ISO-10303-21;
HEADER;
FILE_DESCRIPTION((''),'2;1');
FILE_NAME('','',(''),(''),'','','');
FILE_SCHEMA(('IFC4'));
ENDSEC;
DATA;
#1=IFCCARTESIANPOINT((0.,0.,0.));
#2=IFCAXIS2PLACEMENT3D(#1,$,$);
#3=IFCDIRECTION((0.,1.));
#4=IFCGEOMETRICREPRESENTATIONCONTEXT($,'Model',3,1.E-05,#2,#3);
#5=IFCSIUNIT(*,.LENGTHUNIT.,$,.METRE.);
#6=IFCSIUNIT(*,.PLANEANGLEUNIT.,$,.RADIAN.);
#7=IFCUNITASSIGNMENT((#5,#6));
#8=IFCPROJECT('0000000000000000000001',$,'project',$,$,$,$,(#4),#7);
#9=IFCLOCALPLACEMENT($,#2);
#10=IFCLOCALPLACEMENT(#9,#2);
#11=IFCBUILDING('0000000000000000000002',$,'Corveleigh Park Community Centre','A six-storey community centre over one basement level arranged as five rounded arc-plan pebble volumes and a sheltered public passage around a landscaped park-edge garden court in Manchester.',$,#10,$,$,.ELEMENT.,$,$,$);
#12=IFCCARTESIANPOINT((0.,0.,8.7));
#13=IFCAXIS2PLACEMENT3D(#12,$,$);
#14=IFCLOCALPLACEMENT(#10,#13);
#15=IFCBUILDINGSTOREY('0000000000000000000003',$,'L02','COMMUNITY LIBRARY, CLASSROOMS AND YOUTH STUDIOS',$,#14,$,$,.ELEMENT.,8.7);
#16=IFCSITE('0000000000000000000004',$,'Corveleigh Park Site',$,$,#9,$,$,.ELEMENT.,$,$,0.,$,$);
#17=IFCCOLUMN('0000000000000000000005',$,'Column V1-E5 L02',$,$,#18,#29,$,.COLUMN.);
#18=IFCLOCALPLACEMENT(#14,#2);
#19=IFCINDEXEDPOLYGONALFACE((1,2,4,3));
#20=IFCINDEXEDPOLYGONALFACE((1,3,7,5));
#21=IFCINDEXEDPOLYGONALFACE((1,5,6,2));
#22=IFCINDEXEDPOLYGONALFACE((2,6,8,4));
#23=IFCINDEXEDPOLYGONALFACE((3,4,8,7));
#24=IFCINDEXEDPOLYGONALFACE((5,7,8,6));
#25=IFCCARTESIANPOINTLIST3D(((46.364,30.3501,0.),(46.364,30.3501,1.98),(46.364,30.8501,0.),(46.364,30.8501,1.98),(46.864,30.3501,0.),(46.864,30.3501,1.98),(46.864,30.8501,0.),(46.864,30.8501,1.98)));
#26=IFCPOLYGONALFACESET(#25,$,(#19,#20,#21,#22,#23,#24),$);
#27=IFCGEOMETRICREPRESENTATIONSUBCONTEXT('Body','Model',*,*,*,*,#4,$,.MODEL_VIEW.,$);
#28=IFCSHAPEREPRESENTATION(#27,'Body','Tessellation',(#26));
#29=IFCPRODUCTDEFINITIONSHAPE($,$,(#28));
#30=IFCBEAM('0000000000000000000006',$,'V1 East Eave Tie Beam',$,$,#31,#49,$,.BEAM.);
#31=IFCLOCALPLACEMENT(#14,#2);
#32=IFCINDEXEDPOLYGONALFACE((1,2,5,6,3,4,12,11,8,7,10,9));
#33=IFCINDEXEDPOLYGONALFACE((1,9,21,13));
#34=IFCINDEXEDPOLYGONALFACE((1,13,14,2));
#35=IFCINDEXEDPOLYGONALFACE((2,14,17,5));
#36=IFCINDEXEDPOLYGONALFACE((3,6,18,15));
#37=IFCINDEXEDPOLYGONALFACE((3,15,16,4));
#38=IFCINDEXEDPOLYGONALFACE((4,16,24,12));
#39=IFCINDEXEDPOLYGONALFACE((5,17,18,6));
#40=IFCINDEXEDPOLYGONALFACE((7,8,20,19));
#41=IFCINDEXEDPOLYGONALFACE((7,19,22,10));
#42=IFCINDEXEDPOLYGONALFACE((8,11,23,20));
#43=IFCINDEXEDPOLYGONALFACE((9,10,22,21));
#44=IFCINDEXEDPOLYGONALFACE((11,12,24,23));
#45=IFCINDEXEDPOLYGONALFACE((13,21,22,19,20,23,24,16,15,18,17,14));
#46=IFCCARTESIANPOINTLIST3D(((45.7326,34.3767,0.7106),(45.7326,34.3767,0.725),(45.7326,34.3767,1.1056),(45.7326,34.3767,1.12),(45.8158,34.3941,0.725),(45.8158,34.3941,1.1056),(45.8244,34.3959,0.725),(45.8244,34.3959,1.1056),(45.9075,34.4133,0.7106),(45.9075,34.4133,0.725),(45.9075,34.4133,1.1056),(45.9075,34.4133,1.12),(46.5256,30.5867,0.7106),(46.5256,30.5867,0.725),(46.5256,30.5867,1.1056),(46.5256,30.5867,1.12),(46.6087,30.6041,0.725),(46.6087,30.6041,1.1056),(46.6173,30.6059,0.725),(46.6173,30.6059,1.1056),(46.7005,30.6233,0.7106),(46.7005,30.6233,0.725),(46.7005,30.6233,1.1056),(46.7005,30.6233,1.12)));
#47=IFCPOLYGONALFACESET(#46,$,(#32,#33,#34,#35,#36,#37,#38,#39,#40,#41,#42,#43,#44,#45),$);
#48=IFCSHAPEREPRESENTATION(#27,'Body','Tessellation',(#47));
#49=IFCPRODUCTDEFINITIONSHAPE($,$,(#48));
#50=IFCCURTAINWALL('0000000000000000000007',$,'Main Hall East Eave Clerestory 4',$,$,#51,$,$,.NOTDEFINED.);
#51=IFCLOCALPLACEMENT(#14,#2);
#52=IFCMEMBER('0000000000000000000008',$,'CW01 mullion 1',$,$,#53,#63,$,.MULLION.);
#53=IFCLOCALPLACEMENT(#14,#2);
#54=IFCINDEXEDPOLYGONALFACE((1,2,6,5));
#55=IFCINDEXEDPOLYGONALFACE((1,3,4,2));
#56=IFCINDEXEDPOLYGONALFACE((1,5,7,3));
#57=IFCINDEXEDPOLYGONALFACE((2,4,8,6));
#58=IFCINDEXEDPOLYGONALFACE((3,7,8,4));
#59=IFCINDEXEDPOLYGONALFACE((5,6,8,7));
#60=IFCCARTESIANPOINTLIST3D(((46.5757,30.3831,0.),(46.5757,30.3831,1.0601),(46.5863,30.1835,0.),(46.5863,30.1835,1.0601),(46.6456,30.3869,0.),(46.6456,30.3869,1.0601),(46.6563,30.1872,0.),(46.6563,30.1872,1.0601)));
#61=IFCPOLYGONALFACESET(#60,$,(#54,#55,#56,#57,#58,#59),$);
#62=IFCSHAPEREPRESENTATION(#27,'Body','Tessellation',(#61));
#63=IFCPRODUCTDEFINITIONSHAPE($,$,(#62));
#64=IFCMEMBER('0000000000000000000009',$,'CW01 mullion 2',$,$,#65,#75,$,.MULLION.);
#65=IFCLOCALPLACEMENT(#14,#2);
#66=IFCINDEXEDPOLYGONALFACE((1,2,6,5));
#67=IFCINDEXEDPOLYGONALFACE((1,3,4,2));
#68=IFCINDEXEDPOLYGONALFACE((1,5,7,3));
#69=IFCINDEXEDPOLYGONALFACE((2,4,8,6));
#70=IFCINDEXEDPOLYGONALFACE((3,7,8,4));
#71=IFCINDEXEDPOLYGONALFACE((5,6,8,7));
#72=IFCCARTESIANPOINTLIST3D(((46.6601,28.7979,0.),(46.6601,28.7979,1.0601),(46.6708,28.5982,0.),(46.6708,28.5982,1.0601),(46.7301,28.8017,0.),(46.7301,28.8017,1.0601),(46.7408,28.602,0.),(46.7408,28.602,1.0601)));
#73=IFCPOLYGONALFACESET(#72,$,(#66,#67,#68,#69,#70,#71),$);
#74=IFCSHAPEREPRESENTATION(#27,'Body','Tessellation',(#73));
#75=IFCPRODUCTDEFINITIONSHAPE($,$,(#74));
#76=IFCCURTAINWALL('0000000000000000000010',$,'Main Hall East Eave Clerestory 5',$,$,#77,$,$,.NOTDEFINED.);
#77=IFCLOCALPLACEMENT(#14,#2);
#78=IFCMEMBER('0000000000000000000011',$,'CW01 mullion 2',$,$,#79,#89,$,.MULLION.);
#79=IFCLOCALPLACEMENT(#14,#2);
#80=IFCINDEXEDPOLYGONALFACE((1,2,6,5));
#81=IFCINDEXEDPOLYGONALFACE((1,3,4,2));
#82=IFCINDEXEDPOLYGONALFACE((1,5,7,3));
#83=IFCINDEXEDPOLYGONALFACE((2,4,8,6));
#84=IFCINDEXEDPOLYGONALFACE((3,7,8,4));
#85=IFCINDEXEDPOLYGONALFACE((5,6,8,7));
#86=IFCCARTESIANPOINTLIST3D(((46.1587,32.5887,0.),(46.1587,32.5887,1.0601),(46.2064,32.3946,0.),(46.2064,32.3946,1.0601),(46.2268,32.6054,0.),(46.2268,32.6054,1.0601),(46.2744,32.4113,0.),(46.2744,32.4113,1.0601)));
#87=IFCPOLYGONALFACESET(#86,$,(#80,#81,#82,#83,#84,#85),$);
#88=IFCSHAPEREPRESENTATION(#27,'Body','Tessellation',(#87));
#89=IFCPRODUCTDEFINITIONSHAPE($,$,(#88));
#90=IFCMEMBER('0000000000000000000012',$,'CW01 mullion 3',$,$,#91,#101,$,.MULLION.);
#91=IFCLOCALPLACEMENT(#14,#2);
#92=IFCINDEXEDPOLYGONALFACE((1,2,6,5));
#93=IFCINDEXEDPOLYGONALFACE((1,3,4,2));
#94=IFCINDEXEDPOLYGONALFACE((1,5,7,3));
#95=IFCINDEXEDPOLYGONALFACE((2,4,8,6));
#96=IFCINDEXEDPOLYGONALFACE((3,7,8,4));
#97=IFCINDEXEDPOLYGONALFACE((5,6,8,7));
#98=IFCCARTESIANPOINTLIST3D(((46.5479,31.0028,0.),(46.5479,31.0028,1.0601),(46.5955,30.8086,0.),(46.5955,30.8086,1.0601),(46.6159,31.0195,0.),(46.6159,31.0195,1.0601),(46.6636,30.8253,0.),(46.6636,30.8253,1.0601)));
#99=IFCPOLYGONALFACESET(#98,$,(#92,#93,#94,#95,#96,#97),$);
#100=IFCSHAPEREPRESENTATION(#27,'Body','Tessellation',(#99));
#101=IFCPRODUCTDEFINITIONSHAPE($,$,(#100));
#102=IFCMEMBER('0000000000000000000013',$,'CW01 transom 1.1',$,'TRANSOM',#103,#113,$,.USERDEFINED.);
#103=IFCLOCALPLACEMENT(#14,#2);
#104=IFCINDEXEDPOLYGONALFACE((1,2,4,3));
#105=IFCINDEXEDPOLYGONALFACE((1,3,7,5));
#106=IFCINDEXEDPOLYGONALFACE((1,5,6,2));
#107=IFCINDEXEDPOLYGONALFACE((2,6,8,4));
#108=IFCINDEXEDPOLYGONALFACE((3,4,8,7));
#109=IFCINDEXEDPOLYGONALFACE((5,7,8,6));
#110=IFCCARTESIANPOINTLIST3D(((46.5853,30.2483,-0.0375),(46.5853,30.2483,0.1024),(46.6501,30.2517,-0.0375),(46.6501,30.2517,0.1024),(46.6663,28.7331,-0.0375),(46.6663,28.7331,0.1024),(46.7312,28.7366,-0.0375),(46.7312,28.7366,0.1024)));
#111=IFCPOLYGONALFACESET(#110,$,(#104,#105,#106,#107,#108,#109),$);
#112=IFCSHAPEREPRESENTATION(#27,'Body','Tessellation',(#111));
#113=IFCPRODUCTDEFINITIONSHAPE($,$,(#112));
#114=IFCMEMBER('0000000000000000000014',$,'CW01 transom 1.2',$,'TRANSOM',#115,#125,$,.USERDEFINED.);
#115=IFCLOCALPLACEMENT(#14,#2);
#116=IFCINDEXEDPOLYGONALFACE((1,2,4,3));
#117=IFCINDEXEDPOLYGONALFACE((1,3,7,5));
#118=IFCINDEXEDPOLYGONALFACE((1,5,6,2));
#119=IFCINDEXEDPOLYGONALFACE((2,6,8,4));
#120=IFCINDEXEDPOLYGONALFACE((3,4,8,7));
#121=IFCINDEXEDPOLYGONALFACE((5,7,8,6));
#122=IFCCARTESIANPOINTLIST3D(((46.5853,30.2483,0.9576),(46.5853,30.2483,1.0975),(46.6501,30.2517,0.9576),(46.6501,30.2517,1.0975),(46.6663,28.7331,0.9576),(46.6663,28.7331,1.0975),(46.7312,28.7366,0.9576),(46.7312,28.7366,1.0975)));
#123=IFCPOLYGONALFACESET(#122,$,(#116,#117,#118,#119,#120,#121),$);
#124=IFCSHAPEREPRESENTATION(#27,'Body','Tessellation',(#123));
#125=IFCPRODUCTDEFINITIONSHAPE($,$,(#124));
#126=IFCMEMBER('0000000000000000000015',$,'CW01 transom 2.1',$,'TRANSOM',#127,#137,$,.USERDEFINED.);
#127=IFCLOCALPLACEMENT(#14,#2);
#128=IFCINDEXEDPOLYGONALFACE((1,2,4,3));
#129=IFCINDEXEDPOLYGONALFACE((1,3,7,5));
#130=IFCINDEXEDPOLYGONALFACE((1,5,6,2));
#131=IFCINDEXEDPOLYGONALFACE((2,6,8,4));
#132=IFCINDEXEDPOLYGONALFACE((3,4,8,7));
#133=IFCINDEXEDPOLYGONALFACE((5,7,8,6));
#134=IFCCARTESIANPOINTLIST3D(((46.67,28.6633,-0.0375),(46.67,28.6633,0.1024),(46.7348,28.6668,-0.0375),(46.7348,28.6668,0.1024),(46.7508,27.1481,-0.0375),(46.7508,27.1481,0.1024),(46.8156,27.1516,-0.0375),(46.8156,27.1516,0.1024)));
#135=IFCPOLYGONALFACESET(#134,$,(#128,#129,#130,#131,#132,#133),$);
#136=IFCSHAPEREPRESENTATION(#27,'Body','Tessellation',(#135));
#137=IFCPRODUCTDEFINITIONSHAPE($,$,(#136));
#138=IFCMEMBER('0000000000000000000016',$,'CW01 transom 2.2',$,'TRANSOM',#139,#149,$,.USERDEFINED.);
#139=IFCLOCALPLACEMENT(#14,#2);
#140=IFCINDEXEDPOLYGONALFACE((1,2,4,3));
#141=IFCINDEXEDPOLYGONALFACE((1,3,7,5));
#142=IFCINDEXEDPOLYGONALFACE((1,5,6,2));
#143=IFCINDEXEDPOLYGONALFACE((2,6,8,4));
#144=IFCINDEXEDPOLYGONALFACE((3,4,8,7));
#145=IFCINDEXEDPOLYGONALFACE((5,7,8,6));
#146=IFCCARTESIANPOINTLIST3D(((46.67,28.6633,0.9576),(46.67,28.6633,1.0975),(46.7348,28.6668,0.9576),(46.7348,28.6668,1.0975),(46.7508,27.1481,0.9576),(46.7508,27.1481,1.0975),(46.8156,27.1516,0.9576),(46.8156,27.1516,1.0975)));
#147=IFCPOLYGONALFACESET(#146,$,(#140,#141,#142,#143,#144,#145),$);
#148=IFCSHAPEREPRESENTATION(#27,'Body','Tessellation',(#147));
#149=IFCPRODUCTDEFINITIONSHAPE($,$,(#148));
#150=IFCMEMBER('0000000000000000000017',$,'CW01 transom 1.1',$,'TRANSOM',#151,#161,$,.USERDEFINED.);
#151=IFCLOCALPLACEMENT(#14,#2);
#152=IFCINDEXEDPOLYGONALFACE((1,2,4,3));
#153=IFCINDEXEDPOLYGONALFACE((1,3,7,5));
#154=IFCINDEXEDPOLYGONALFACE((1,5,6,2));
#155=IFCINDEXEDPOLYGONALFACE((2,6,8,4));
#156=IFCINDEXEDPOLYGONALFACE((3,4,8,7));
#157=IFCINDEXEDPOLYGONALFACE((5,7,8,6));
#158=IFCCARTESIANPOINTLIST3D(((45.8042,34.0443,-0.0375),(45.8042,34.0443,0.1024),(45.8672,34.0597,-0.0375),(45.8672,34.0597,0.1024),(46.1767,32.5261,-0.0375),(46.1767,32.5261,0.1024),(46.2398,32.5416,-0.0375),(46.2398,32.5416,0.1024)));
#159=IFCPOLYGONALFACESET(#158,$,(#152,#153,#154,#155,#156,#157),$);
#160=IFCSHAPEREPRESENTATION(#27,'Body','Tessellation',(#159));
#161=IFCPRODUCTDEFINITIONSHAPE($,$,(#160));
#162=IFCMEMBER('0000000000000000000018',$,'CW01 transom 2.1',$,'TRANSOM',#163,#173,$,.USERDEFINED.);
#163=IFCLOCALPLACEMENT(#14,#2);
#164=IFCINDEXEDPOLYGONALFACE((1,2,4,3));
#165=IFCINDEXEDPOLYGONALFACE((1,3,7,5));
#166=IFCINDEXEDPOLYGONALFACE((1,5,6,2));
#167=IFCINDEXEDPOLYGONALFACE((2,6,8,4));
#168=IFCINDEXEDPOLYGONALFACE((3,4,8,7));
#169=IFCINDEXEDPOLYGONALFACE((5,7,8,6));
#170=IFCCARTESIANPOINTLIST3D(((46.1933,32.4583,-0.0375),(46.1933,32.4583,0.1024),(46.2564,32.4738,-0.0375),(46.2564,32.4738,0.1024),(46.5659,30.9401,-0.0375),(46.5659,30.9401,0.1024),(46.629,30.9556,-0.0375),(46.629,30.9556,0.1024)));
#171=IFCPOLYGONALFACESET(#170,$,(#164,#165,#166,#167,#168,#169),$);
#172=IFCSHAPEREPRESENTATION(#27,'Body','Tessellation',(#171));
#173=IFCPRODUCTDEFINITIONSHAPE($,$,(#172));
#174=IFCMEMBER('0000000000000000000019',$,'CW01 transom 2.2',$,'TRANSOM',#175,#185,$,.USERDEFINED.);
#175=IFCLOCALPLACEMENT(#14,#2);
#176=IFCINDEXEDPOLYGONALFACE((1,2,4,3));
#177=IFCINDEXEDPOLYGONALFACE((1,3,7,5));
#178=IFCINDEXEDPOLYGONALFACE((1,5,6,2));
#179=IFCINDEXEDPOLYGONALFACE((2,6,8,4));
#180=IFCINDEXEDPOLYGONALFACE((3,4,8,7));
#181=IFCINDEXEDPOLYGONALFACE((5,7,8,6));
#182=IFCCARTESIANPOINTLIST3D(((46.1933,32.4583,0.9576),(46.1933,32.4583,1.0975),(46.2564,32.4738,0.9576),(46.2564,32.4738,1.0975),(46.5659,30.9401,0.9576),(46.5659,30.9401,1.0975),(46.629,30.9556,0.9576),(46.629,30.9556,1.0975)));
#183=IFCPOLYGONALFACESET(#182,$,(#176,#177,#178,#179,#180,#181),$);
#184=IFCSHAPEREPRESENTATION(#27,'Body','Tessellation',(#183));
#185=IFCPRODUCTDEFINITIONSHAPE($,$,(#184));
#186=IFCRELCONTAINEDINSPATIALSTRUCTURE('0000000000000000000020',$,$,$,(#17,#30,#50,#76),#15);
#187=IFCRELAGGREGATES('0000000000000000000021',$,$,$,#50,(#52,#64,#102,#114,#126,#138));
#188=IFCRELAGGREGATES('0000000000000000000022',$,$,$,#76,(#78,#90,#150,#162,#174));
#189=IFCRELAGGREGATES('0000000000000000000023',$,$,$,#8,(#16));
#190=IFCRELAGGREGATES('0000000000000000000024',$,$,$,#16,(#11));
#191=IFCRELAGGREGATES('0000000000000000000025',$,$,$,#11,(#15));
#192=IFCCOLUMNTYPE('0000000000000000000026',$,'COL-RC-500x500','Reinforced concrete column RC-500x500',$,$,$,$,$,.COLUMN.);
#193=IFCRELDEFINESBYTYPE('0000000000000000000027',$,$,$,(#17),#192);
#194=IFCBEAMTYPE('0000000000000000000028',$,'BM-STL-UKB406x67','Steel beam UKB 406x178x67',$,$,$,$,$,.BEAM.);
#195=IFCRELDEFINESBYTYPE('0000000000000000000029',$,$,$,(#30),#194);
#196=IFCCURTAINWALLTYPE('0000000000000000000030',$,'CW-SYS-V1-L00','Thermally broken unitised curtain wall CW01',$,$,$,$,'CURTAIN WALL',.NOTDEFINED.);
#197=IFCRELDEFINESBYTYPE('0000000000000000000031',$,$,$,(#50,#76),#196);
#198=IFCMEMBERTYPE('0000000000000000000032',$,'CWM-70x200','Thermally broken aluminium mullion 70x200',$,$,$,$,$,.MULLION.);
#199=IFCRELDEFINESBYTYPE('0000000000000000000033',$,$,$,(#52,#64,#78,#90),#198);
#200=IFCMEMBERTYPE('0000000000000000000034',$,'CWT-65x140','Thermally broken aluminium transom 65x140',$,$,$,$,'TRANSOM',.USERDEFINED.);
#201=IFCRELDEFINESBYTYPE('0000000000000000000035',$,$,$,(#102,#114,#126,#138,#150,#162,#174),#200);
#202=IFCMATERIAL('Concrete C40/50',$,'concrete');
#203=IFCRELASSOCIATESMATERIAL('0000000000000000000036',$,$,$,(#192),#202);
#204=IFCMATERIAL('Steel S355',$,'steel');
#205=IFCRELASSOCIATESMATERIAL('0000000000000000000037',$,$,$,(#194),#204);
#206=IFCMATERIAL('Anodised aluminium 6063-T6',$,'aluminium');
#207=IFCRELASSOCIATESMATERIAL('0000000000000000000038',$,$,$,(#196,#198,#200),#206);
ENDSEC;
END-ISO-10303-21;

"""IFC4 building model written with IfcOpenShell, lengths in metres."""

from ifc_helpers import new_model, si_unit, direction, frame, origin, origin_2d, place, context, subcontext, project, spatial, rectangle, i_section, extrude, material, material_profile, profile_set, type_object, element, aggregate, save


model = new_model("IFC4")

# Units and contexts
model_context = context("Model", 3, precision=1e-05, world=origin(), true_north=direction((0.0, 1.0)))
body_context = subcontext(model_context, "Body", "Model", "MODEL_VIEW")
ifc_project = project(units=[si_unit("LENGTHUNIT", "METRE"), si_unit("PLANEANGLEUNIT", "RADIAN")], contexts=[model_context])

# Site, building, storey
site_placement = place(None, origin())
site = spatial("IfcSite", under=ifc_project, at=site_placement, Name="Corveleigh Park Site", CompositionType="ELEMENT", RefElevation=0.0)
building_placement = place(site_placement, origin())
building = spatial("IfcBuilding", under=site, at=building_placement, Name="Corveleigh Park Community Centre", Description="A six-storey community centre over one basement level arranged as five rounded arc-plan pebble volumes and a sheltered public passage around a landscaped park-edge garden court in Manchester.", CompositionType="ELEMENT")
storey_placement = place(building_placement, frame((0.0, 0.0, 8.7)))
storey = spatial("IfcBuildingStorey", under=building, at=storey_placement, Name="L02", Description="COMMUNITY LIBRARY, CLASSROOMS AND YOUTH STUDIOS", CompositionType="ELEMENT", Elevation=8.7)

# Column
ifc_material_1 = material(Name="Concrete C40/50", Category="concrete")
ifc_material_profile_1 = material_profile(ifc_material_1, rectangle(XDim=0.5, YDim=0.5, at=origin_2d()), Name="RC-500x500", Category="concrete")
ifc_profile_set_1 = profile_set([ifc_material_profile_1], Name="Concrete C40/50")
column_type = type_object("IfcColumnType", Name="COL-RC-500x500", Description="Reinforced concrete column RC-500x500", PredefinedType="COLUMN", material=ifc_profile_set_1)
column_placement = place(storey_placement, frame((46.614, 30.6001, 0.0), z_axis=(0.0, 0.0, 1.0), x_axis=(1.0, 0.0, 0.0)))
element("IfcColumn", 1, at=column_placement, inside=storey, type_object=column_type, Name="Column V1-E5 L02", PredefinedType="COLUMN", context=body_context, shape_type="SweptSolid", body=[
    extrude(rectangle(XDim=0.5, YDim=0.5, at=origin_2d()), origin(), (0.0, 0.0, 1.0), 1.98),
])

# Beam
ifc_material_2 = material(Name="Steel S355", Category="steel")
ifc_material_profile_2 = material_profile(ifc_material_2, i_section(OverallWidth=0.1787, OverallDepth=0.4094, WebThickness=0.0088, FlangeThickness=0.0144, at=origin_2d()), Name="UKB 406x178x67", Category="steel")
ifc_profile_set_2 = profile_set([ifc_material_profile_2], Name="Steel S355")
beam_type = type_object("IfcBeamType", Name="BM-STL-UKB406x67", Description="Steel beam UKB 406x178x67", PredefinedType="BEAM", material=ifc_profile_set_2)
beam_placement = place(storey_placement, frame((46.613, 30.605, 0.9153), z_axis=(-0.20479, 0.978806, 0.0), x_axis=(-0.978806, -0.20479, 0.0)))
element("IfcBeam", 2, at=beam_placement, inside=storey, type_object=beam_type, Name="V1 East Eave Tie Beam", PredefinedType="BEAM", context=body_context, shape_type="SweptSolid", body=[
    extrude(i_section(OverallWidth=0.1787, OverallDepth=0.4094, WebThickness=0.0088, FlangeThickness=0.0144, at=origin_2d()), origin(), (0.0, 0.0, 1.0), 3.8721),
])

# Curtain walls, members
ifc_material_3 = material(Name="Anodised aluminium 6063-T6", Category="aluminium")
curtain_wall_type = type_object("IfcCurtainWallType", Name="CW-SYS-V1-L00", Description="Thermally broken unitised curtain wall CW01", ElementType="CURTAIN WALL", PredefinedType="NOTDEFINED", material=ifc_material_3)
curtain_wall_1_placement = place(storey_placement, origin())
curtain_wall_1 = element("IfcCurtainWall", 3, at=curtain_wall_1_placement, inside=storey, type_object=curtain_wall_type, Name="Main Hall East Eave Clerestory 4", PredefinedType="NOTDEFINED")
ifc_material_profile_3 = material_profile(ifc_material_3, rectangle(XDim=0.0701, YDim=0.2, at=origin_2d()), Name="ALU-M70x200", Category="aluminium")
ifc_profile_set_3 = profile_set([ifc_material_profile_3], Name="Anodised aluminium 6063-T6")
member_type_1 = type_object("IfcMemberType", Name="CWM-70x200", Description="Thermally broken aluminium mullion 70x200", PredefinedType="MULLION", material=ifc_profile_set_3)
member_1_placement = place(storey_placement, frame((46.616, 30.2852, 0.0), z_axis=(0.0, 0.0, 1.0), x_axis=(0.998578, 0.053319, 0.0)))
member_1 = element("IfcMember", 4, at=member_1_placement, type_object=member_type_1, Name="CW01 mullion 1", PredefinedType="MULLION", context=body_context, shape_type="SweptSolid", body=[
    extrude(rectangle(XDim=0.0701, YDim=0.2, at=origin_2d()), origin(), (0.0, 0.0, 1.0), 1.0601),
])
member_2_placement = place(storey_placement, frame((46.7004, 28.7, 0.0), z_axis=(0.0, 0.0, 1.0), x_axis=(0.998578, 0.053319, 0.0)))
member_2 = element("IfcMember", 5, at=member_2_placement, type_object=member_type_1, Name="CW01 mullion 2", PredefinedType="MULLION", context=body_context, shape_type="SweptSolid", body=[
    extrude(rectangle(XDim=0.0701, YDim=0.2, at=origin_2d()), origin(), (0.0, 0.0, 1.0), 1.0601),
])
curtain_wall_2_placement = place(storey_placement, origin())
curtain_wall_2 = element("IfcCurtainWall", 6, at=curtain_wall_2_placement, inside=storey, type_object=curtain_wall_type, Name="Main Hall East Eave Clerestory 5", PredefinedType="NOTDEFINED")
member_3_placement = place(storey_placement, frame((46.2166, 32.5, 0.0), z_axis=(0.0, 0.0, 1.0), x_axis=(0.971191, 0.238302, 0.0)))
member_3 = element("IfcMember", 7, at=member_3_placement, type_object=member_type_1, Name="CW01 mullion 2", PredefinedType="MULLION", context=body_context, shape_type="SweptSolid", body=[
    extrude(rectangle(XDim=0.0701, YDim=0.2, at=origin_2d()), origin(), (0.0, 0.0, 1.0), 1.0601),
])
member_4_placement = place(storey_placement, frame((46.6057, 30.9141, 0.0), z_axis=(0.0, 0.0, 1.0), x_axis=(0.971191, 0.238302, 0.0)))
member_4 = element("IfcMember", 8, at=member_4_placement, type_object=member_type_1, Name="CW01 mullion 3", PredefinedType="MULLION", context=body_context, shape_type="SweptSolid", body=[
    extrude(rectangle(XDim=0.0701, YDim=0.2, at=origin_2d()), origin(), (0.0, 0.0, 1.0), 1.0601),
])

# Members
ifc_material_profile_4 = material_profile(ifc_material_3, rectangle(XDim=0.0649, YDim=0.1399, at=origin_2d()), Name="ALU-T65x140", Category="aluminium")
ifc_profile_set_4 = profile_set([ifc_material_profile_4], Name="Anodised aluminium 6063-T6")
member_type_2 = type_object("IfcMemberType", Name="CWT-65x140", Description="Thermally broken aluminium transom 65x140", ElementType="TRANSOM", PredefinedType="USERDEFINED", material=ifc_profile_set_4)
member_5_placement = place(storey_placement, frame((46.6177, 30.25, 0.0325), z_axis=(0.05342, -0.998572, 0.0), x_axis=(0.998572, 0.05342, 0.0)))
member_5 = element("IfcMember", 9, at=member_5_placement, type_object=member_type_2, Name="CW01 transom 1.1", ObjectType="TRANSOM", PredefinedType="USERDEFINED", context=body_context, shape_type="SweptSolid", body=[
    extrude(rectangle(XDim=0.0649, YDim=0.1399, at=origin_2d()), origin(), (0.0, 0.0, 1.0), 1.5173),
])
member_6_placement = place(storey_placement, frame((46.6177, 30.25, 1.0276), z_axis=(0.05342, -0.998572, 0.0), x_axis=(0.998572, 0.05342, 0.0)))
member_6 = element("IfcMember", 10, at=member_6_placement, type_object=member_type_2, Name="CW01 transom 1.2", ObjectType="TRANSOM", PredefinedType="USERDEFINED", context=body_context, shape_type="SweptSolid", body=[
    extrude(rectangle(XDim=0.0649, YDim=0.1399, at=origin_2d()), origin(), (0.0, 0.0, 1.0), 1.5173),
])
member_7_placement = place(storey_placement, frame((46.7024, 28.665, 0.0325), z_axis=(0.05326, -0.998581, 0.0), x_axis=(0.998581, 0.05326, 0.0)))
member_7 = element("IfcMember", 11, at=member_7_placement, type_object=member_type_2, Name="CW01 transom 2.1", ObjectType="TRANSOM", PredefinedType="USERDEFINED", context=body_context, shape_type="SweptSolid", body=[
    extrude(rectangle(XDim=0.0649, YDim=0.1399, at=origin_2d()), origin(), (0.0, 0.0, 1.0), 1.5173),
])
member_8_placement = place(storey_placement, frame((46.7024, 28.665, 1.0276), z_axis=(0.05326, -0.998581, 0.0), x_axis=(0.998581, 0.05326, 0.0)))
member_8 = element("IfcMember", 12, at=member_8_placement, type_object=member_type_2, Name="CW01 transom 2.2", ObjectType="TRANSOM", PredefinedType="USERDEFINED", context=body_context, shape_type="SweptSolid", body=[
    extrude(rectangle(XDim=0.0649, YDim=0.1399, at=origin_2d()), origin(), (0.0, 0.0, 1.0), 1.5173),
])
member_9_placement = place(storey_placement, frame((45.8357, 34.052, 0.0325), z_axis=(0.238344, -0.971181, 0.0), x_axis=(0.971181, 0.238344, 0.0)))
member_9 = element("IfcMember", 13, at=member_9_placement, type_object=member_type_2, Name="CW01 transom 1.1", ObjectType="TRANSOM", PredefinedType="USERDEFINED", context=body_context, shape_type="SweptSolid", body=[
    extrude(rectangle(XDim=0.0649, YDim=0.1399, at=origin_2d()), origin(), (0.0, 0.0, 1.0), 1.5632),
])
member_10_placement = place(storey_placement, frame((46.2249, 32.4661, 0.0325), z_axis=(0.238344, -0.971181, 0.0), x_axis=(0.971181, 0.238344, 0.0)))
member_10 = element("IfcMember", 14, at=member_10_placement, type_object=member_type_2, Name="CW01 transom 2.1", ObjectType="TRANSOM", PredefinedType="USERDEFINED", context=body_context, shape_type="SweptSolid", body=[
    extrude(rectangle(XDim=0.0649, YDim=0.1399, at=origin_2d()), origin(), (0.0, 0.0, 1.0), 1.5632),
])
member_11_placement = place(storey_placement, frame((46.2249, 32.4661, 1.0276), z_axis=(0.238344, -0.971181, 0.0), x_axis=(0.971181, 0.238344, 0.0)))
member_11 = element("IfcMember", 15, at=member_11_placement, type_object=member_type_2, Name="CW01 transom 2.2", ObjectType="TRANSOM", PredefinedType="USERDEFINED", context=body_context, shape_type="SweptSolid", body=[
    extrude(rectangle(XDim=0.0649, YDim=0.1399, at=origin_2d()), origin(), (0.0, 0.0, 1.0), 1.5632),
])

aggregate(curtain_wall_1, [member_1, member_2, member_5, member_6, member_7, member_8])
aggregate(curtain_wall_2, [member_3, member_4, member_9, member_10, member_11])

save(model, "model.ifc")
